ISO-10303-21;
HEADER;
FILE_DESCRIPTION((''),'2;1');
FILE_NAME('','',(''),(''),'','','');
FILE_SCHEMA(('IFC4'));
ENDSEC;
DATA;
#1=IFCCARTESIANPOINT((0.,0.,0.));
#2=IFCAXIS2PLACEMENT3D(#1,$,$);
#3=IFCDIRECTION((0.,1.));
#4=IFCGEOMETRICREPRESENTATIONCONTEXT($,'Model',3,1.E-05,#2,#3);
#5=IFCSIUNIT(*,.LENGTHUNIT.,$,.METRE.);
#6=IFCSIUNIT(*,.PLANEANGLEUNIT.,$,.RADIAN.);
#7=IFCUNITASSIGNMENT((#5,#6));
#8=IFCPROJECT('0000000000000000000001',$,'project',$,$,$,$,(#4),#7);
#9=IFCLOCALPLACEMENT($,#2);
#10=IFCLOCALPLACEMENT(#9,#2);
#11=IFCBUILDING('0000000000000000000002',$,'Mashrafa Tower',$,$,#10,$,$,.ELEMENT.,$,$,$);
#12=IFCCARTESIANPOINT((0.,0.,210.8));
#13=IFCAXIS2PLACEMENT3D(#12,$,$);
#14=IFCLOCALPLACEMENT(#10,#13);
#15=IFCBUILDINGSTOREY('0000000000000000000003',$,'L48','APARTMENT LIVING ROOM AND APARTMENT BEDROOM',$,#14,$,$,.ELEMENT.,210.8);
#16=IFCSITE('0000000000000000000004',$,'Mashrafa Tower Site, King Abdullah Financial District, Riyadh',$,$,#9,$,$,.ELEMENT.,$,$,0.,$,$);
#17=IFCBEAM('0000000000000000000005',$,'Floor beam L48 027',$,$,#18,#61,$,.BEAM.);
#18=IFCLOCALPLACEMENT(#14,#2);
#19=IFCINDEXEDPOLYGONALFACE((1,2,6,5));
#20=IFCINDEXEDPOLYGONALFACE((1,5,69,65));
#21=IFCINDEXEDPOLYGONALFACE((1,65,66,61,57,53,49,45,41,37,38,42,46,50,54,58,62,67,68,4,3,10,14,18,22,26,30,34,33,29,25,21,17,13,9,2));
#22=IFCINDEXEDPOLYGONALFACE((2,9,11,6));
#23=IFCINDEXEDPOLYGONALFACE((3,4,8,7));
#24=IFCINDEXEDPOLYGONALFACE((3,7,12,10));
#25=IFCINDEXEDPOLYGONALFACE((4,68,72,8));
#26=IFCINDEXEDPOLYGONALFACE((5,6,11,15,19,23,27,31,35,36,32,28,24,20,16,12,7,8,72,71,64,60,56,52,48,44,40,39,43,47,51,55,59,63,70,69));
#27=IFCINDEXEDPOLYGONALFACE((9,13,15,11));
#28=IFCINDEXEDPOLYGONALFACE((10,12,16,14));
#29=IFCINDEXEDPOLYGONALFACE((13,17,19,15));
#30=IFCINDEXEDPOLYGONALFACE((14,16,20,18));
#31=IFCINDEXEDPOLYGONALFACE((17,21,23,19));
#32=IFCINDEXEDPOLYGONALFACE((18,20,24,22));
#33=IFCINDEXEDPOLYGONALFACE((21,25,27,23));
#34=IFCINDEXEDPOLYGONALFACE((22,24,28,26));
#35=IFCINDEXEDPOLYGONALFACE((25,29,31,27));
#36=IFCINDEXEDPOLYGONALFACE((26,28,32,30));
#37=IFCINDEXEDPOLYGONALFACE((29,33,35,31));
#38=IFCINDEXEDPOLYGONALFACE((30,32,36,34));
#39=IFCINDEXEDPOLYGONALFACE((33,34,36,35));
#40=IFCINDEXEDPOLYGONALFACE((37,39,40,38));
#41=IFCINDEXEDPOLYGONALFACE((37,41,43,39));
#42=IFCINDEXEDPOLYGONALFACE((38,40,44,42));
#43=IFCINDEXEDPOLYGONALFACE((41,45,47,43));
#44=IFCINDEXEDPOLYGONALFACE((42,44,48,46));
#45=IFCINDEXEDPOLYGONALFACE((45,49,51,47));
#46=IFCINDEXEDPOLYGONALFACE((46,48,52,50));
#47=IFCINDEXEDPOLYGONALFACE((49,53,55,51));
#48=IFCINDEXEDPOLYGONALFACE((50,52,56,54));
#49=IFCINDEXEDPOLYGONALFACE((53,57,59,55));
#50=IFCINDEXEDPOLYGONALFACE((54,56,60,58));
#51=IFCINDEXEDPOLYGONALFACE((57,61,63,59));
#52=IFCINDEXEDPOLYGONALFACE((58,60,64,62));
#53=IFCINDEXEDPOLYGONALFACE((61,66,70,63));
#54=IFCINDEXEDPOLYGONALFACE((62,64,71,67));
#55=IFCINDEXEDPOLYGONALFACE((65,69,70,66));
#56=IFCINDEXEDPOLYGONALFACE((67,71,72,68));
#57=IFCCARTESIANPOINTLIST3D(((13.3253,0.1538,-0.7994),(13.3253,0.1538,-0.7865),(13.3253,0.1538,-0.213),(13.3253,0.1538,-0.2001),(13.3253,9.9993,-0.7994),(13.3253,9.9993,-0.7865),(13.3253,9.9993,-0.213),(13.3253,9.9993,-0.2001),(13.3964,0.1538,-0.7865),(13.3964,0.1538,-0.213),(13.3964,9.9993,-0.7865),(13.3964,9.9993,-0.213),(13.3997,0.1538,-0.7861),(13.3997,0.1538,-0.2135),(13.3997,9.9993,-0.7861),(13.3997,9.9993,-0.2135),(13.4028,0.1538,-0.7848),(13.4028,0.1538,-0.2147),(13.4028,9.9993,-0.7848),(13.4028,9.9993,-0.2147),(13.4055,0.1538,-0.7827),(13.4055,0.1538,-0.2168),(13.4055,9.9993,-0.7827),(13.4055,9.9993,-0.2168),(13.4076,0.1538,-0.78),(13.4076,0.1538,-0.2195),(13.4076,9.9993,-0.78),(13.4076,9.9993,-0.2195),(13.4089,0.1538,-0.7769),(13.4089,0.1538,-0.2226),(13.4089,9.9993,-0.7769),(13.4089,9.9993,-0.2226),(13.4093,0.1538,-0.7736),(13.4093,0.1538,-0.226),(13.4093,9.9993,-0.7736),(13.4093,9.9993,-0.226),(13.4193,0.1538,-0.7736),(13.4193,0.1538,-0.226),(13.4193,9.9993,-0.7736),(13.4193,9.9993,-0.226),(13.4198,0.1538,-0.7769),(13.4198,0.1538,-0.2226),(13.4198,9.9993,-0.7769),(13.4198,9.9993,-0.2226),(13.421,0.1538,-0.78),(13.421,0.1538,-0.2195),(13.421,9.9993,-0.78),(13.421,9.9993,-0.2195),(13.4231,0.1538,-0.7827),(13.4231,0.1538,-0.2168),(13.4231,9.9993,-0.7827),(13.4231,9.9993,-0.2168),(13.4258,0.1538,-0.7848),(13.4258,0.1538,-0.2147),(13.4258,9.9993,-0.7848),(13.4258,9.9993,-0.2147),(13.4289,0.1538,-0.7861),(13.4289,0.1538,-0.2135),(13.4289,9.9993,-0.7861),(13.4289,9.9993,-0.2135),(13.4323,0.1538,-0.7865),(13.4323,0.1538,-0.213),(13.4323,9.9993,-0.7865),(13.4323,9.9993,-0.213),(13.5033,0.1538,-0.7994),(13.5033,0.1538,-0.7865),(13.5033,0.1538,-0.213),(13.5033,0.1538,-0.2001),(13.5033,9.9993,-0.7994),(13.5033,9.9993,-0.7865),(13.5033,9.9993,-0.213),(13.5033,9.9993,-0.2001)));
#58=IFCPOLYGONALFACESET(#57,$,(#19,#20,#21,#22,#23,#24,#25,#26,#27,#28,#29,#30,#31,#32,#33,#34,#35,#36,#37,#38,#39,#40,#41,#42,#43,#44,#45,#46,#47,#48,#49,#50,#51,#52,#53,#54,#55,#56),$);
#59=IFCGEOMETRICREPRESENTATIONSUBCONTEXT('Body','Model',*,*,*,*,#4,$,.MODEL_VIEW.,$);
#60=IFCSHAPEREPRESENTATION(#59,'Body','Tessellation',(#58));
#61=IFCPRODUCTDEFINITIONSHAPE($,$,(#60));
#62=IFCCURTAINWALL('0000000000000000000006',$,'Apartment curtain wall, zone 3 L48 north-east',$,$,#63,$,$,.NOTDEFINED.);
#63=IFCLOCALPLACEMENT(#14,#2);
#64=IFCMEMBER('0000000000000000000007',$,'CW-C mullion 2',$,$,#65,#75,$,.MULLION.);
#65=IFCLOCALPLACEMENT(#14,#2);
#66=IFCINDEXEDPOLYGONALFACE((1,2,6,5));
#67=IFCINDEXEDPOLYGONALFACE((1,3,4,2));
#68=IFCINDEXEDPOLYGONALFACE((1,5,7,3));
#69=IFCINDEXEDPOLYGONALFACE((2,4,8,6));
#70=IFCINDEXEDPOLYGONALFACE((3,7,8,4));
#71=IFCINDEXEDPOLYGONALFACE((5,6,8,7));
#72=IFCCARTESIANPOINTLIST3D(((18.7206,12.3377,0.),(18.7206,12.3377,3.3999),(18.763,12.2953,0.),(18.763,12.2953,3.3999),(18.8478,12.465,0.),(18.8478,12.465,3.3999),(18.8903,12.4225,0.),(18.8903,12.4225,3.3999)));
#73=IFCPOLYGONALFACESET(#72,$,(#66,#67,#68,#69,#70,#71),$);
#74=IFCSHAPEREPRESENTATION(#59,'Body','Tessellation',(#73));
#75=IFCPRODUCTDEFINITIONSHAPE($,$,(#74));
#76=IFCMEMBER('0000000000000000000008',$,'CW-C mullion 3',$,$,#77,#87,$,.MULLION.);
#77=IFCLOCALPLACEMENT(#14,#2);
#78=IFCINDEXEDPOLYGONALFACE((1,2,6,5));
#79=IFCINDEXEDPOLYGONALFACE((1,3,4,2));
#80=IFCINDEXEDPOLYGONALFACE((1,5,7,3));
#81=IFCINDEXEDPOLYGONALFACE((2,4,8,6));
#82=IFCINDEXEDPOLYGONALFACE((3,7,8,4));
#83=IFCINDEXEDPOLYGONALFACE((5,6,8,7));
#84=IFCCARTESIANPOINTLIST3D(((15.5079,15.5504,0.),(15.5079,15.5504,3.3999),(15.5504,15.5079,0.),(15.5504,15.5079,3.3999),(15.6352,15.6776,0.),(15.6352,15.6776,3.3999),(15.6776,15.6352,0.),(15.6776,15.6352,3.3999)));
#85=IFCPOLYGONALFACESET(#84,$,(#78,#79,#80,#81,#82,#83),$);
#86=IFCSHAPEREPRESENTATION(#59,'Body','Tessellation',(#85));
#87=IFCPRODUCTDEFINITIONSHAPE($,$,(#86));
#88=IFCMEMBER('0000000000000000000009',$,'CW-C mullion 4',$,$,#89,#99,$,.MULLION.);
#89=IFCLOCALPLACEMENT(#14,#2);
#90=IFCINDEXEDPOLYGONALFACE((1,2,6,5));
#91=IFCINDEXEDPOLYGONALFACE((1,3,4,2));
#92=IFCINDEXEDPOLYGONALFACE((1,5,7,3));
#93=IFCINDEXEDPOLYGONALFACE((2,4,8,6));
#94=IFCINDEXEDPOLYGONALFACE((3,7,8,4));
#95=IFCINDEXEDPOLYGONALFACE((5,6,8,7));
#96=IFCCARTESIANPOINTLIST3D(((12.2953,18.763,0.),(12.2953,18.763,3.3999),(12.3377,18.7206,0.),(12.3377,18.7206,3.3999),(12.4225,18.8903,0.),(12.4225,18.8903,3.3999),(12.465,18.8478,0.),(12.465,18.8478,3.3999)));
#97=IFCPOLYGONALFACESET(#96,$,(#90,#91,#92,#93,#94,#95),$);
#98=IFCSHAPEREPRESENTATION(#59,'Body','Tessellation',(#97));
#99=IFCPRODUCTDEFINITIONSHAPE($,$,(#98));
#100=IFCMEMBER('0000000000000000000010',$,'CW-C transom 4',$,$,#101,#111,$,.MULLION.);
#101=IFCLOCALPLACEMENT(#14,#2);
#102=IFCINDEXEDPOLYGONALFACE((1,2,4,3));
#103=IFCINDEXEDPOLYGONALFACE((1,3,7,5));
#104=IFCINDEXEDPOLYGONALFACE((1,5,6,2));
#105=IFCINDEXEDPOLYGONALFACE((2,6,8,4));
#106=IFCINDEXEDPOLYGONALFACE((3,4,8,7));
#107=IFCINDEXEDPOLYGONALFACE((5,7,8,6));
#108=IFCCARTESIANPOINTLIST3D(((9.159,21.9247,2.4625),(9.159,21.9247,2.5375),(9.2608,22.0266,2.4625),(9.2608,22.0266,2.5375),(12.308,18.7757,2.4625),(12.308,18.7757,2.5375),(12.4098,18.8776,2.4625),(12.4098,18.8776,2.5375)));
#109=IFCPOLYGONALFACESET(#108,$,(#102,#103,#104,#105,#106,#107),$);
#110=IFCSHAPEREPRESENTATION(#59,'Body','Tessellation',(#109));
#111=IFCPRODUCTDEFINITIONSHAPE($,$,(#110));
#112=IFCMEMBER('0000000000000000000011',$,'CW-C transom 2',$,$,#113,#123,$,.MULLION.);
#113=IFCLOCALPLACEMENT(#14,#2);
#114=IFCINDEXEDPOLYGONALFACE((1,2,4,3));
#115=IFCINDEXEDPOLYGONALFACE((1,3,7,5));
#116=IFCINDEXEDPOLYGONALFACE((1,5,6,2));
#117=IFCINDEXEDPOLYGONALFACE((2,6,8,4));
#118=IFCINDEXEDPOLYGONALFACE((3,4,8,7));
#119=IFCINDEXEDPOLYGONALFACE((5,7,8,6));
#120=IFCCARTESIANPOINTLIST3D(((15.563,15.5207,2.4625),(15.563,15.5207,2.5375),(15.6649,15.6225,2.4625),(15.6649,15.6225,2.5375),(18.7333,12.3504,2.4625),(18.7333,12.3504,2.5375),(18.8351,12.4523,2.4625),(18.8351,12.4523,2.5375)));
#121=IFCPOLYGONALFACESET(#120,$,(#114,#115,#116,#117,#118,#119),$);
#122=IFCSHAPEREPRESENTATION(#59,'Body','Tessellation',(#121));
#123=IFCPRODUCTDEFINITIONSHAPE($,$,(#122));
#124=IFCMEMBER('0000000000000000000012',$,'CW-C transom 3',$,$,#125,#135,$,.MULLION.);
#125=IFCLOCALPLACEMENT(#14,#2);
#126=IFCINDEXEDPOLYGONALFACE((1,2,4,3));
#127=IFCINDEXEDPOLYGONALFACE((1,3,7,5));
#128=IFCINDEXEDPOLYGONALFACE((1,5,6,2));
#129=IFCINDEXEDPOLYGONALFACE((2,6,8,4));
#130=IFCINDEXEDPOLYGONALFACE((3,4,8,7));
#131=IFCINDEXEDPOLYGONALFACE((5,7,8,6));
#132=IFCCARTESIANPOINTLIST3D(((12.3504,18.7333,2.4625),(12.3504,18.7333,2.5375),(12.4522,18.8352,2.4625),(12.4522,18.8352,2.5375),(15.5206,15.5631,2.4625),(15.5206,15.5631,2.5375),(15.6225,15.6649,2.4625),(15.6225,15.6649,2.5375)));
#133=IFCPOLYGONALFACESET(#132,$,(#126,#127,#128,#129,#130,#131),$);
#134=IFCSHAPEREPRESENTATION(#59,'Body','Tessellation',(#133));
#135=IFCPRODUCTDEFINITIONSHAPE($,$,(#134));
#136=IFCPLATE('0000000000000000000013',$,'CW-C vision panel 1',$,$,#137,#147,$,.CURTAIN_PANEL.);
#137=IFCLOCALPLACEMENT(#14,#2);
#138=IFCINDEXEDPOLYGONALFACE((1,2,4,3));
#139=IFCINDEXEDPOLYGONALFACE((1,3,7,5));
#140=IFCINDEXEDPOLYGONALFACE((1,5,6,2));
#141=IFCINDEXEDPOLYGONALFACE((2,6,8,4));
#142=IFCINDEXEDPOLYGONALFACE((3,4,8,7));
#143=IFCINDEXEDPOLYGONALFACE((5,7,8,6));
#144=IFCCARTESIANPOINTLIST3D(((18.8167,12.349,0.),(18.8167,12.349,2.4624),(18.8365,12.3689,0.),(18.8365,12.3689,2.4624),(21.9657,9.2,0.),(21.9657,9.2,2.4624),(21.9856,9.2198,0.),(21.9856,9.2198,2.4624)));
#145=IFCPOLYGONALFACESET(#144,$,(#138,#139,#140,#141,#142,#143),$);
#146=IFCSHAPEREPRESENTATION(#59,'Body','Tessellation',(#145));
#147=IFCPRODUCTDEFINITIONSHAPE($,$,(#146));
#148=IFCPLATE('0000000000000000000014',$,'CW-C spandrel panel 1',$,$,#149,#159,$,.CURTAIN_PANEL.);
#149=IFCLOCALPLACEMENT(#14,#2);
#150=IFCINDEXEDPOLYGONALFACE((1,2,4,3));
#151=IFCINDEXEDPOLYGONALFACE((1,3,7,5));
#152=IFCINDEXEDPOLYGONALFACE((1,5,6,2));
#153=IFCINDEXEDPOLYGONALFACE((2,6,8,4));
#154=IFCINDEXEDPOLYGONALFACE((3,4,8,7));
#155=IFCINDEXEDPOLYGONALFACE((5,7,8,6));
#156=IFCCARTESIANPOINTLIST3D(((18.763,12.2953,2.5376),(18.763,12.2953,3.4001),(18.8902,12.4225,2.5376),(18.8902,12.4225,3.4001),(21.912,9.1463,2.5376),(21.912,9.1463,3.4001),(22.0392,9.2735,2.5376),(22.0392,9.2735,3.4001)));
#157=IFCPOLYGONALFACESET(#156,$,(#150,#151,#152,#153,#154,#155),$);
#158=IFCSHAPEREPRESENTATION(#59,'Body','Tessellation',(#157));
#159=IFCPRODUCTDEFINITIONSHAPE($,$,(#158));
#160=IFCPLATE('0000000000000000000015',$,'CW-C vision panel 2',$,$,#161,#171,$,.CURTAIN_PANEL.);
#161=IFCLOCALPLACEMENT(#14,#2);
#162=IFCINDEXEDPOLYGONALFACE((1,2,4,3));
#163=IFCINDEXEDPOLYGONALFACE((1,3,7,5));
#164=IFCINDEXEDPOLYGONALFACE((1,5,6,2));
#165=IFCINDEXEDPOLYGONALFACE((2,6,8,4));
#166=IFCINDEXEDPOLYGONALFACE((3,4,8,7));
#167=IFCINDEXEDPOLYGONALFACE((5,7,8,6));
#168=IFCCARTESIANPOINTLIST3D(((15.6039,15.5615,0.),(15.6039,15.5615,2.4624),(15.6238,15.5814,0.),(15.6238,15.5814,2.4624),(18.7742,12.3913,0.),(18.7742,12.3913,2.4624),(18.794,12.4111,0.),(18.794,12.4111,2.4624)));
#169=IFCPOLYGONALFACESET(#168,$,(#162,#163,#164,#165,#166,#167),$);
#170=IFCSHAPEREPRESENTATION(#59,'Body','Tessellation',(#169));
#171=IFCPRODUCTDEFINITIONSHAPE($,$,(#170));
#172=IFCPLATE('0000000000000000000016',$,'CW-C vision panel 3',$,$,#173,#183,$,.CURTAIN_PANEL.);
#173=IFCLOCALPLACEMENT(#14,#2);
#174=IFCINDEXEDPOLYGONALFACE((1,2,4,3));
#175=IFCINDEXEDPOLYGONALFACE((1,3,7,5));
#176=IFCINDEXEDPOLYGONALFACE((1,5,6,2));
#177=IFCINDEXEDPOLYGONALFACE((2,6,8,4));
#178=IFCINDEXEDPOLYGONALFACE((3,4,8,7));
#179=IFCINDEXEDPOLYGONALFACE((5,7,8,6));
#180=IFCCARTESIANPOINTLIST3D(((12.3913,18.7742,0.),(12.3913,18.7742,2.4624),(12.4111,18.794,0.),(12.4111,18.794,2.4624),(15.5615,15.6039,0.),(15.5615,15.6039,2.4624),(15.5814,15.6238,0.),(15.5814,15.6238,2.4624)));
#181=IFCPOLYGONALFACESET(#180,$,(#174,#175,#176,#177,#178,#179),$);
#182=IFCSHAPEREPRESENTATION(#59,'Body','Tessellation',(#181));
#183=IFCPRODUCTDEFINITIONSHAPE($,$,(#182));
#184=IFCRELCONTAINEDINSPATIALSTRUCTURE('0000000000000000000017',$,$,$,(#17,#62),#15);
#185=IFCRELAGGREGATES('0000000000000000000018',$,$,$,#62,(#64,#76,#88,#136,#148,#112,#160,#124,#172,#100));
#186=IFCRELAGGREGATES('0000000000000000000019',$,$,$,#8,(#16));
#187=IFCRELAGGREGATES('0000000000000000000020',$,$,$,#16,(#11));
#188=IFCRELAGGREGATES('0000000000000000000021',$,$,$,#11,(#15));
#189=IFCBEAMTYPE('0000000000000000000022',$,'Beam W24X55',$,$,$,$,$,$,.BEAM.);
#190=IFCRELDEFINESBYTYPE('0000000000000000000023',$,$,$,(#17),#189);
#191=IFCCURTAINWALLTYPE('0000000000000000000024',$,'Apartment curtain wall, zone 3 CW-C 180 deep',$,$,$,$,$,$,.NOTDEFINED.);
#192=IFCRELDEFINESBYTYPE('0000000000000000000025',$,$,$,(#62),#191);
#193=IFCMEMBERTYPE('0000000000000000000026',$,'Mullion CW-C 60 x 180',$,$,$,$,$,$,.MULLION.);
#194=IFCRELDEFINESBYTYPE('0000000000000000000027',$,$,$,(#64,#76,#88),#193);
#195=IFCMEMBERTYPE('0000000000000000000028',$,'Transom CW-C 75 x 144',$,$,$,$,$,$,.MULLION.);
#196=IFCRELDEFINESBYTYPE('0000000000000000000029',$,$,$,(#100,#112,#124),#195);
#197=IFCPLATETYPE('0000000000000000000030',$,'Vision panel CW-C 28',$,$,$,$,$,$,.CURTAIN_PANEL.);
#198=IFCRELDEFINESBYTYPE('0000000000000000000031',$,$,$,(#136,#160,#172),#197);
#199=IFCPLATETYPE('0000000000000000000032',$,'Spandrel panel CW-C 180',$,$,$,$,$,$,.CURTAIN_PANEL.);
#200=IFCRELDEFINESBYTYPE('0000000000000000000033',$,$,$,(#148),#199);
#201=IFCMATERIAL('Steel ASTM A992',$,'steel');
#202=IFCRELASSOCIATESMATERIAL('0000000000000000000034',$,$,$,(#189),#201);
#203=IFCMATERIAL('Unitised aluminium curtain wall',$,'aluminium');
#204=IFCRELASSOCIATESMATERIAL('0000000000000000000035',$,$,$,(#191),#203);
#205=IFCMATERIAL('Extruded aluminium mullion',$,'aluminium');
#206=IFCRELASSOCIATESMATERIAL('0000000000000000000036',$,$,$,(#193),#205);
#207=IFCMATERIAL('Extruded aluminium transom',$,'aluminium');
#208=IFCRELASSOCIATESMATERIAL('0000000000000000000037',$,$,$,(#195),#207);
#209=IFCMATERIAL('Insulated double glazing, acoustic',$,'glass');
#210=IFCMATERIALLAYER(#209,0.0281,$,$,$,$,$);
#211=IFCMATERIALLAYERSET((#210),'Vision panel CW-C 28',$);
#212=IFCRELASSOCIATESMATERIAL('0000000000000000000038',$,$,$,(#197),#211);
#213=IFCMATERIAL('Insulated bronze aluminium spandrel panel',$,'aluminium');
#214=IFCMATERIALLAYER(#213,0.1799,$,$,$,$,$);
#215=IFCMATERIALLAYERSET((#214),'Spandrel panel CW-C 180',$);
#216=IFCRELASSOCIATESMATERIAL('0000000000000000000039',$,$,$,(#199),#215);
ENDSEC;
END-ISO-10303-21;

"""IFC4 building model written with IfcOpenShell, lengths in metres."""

from ifc_helpers import new_model, si_unit, direction, frame, origin, origin_2d, place, context, subcontext, project, spatial, rectangle, i_section, extrude, source, transform, mapped, material, layer, layer_set, material_profile, profile_set, type_object, type_shapes, element, aggregate, save


model = new_model("IFC4")

# Units and contexts
model_context = context("Model", 3, precision=1e-05, world=origin(), true_north=direction((0.0, 1.0)))
body_context = subcontext(model_context, "Body", "Model", "MODEL_VIEW")
ifc_project = project(units=[si_unit("LENGTHUNIT", "METRE"), si_unit("PLANEANGLEUNIT", "RADIAN")], contexts=[model_context])

# Site, building, storey
site_placement = place(None, origin())
site = spatial("IfcSite", under=ifc_project, at=site_placement, Name="Mashrafa Tower Site, King Abdullah Financial District, Riyadh", CompositionType="ELEMENT", RefElevation=0.0)
building_placement = place(site_placement, origin())
building = spatial("IfcBuilding", under=site, at=building_placement, Name="Mashrafa Tower", CompositionType="ELEMENT")
storey_placement = place(building_placement, frame((0.0, 0.0, 210.8)))
storey = spatial("IfcBuildingStorey", under=building, at=storey_placement, Name="L48", Description="APARTMENT LIVING ROOM AND APARTMENT BEDROOM", CompositionType="ELEMENT", Elevation=210.8)

# Beam
ifc_material_1 = material(Name="Steel ASTM A992", Category="steel")
ifc_material_profile_1 = material_profile(ifc_material_1, i_section(OverallWidth=0.178, OverallDepth=0.5994, WebThickness=0.01, FlangeThickness=0.0129, FilletRadius=0.0129, at=origin_2d()), Name="W24X55")
ifc_profile_set_1 = profile_set([ifc_material_profile_1], Name="Steel ASTM A992")
beam_type_1 = type_object("IfcBeamType", Name="Beam W24X55", PredefinedType="BEAM", material=ifc_profile_set_1)
beam_1_placement = place(storey_placement, frame((13.4143, 9.9993, -0.4998), z_axis=(0.0, -1.0, 0.0), x_axis=(1.0, 0.0, 0.0)))
element("IfcBeam", 1, at=beam_1_placement, inside=storey, type_object=beam_type_1, Name="Floor beam L48 027", PredefinedType="BEAM", context=body_context, shape_type="SweptSolid", body=[
    extrude(i_section(OverallWidth=0.178, OverallDepth=0.5994, WebThickness=0.01, FlangeThickness=0.0129, FilletRadius=0.0129, at=origin_2d()), origin(), (0.0, 0.0, 1.0), 9.8455),
])

# Curtain wall, members, plates
ifc_material_2 = material(Name="Unitised aluminium curtain wall", Category="aluminium")
curtain_wall_type = type_object("IfcCurtainWallType", Name="Apartment curtain wall, zone 3 CW-C 180 deep", PredefinedType="NOTDEFINED", material=ifc_material_2)
curtain_wall_placement = place(storey_placement, origin())
curtain_wall = element("IfcCurtainWall", 2, at=curtain_wall_placement, inside=storey, type_object=curtain_wall_type, Name="Apartment curtain wall, zone 3 L48 north-east", PredefinedType="NOTDEFINED")
ifc_material_3 = material(Name="Extruded aluminium mullion", Category="aluminium")
ifc_material_profile_2 = material_profile(ifc_material_3, rectangle(XDim=0.1799, YDim=0.0601, at=origin_2d()), Name="Mullion 60x180")
ifc_profile_set_2 = profile_set([ifc_material_profile_2], Name="Extruded aluminium mullion")
member_type_1 = type_object("IfcMemberType", Name="Mullion CW-C 60 x 180", PredefinedType="MULLION", material=ifc_profile_set_2)
shared_shape_1 = source(origin(), body_context, "Body", "SweptSolid", [
    extrude(rectangle(XDim=0.1799, YDim=0.0601, at=origin_2d()), origin(), (0.0, 0.0, 1.0), 3.3999),
])
type_shapes(member_type_1, [shared_shape_1])
member_1_placement = place(storey_placement, frame((18.8054, 12.3801, 0.0), z_axis=(0.0, 0.0, 1.0), x_axis=(-0.707107, -0.707107, 0.0)))
member_1 = element("IfcMember", 3, at=member_1_placement, type_object=member_type_1, Name="CW-C mullion 2", PredefinedType="MULLION", context=body_context, shape_type="MappedRepresentation", body=[
    mapped(shared_shape_1, transform((0.0, 0.0, 0.0))),
])
member_2_placement = place(storey_placement, frame((15.5928, 15.5928, 0.0), z_axis=(0.0, 0.0, 1.0), x_axis=(-0.707107, -0.707107, 0.0)))
member_2 = element("IfcMember", 4, at=member_2_placement, type_object=member_type_1, Name="CW-C mullion 3", PredefinedType="MULLION", context=body_context, shape_type="MappedRepresentation", body=[
    mapped(shared_shape_1, transform((0.0, 0.0, 0.0))),
])
member_3_placement = place(storey_placement, frame((12.3801, 18.8054, 0.0), z_axis=(0.0, 0.0, 1.0), x_axis=(-0.707107, -0.707107, 0.0)))
member_3 = element("IfcMember", 5, at=member_3_placement, type_object=member_type_1, Name="CW-C mullion 4", PredefinedType="MULLION", context=body_context, shape_type="MappedRepresentation", body=[
    mapped(shared_shape_1, transform((0.0, 0.0, 0.0))),
])
ifc_material_4 = material(Name="Extruded aluminium transom", Category="aluminium")
ifc_material_profile_3 = material_profile(ifc_material_4, rectangle(XDim=0.144, YDim=0.075, at=origin_2d()), Name="Transom 75x144")
ifc_profile_set_3 = profile_set([ifc_material_profile_3], Name="Extruded aluminium transom")
member_type_2 = type_object("IfcMemberType", Name="Transom CW-C 75 x 144", PredefinedType="MULLION", material=ifc_profile_set_3)
shared_shape_2 = source(origin(), body_context, "Body", "SweptSolid", [
    extrude(rectangle(XDim=0.144, YDim=0.075, at=origin_2d()), origin(), (0.0, 0.0, 1.0), 4.4534),
])
member_4_placement = place(storey_placement, frame((12.3589, 18.8267, 2.5), z_axis=(-0.707107, 0.707107, 0.0), x_axis=(-0.707107, -0.707107, 0.0)))
member_4 = element("IfcMember", 6, at=member_4_placement, type_object=member_type_2, Name="CW-C transom 4", PredefinedType="MULLION", context=body_context, shape_type="MappedRepresentation", body=[
    mapped(shared_shape_2, transform((0.0, 0.0, 0.0))),
])
shared_shape_3 = source(origin(), body_context, "Body", "SweptSolid", [
    extrude(rectangle(XDim=0.144, YDim=0.075, at=origin_2d()), origin(), (0.0, 0.0, 1.0), 4.4834),
])
type_shapes(member_type_2, [shared_shape_2, shared_shape_3])
member_5_placement = place(storey_placement, frame((18.7842, 12.4014, 2.5), z_axis=(-0.707107, 0.707107, 0.0), x_axis=(-0.707107, -0.707107, 0.0)))
member_5 = element("IfcMember", 7, at=member_5_placement, type_object=member_type_2, Name="CW-C transom 2", PredefinedType="MULLION", context=body_context, shape_type="MappedRepresentation", body=[
    mapped(shared_shape_3, transform((0.0, 0.0, 0.0))),
])
member_6_placement = place(storey_placement, frame((15.5715, 15.614, 2.5), z_axis=(-0.707107, 0.707107, 0.0), x_axis=(-0.707107, -0.707107, 0.0)))
member_6 = element("IfcMember", 8, at=member_6_placement, type_object=member_type_2, Name="CW-C transom 3", PredefinedType="MULLION", context=body_context, shape_type="MappedRepresentation", body=[
    mapped(shared_shape_3, transform((0.0, 0.0, 0.0))),
])
ifc_material_5 = material(Name="Insulated double glazing, acoustic", Category="glass")
ifc_layer_1 = layer(ifc_material_5, 0.0281)
ifc_layer_set_1 = layer_set([ifc_layer_1], Name="Vision panel CW-C 28")
plate_type_1 = type_object("IfcPlateType", Name="Vision panel CW-C 28", PredefinedType="CURTAIN_PANEL", material=ifc_layer_set_1)
shared_shape_4 = source(origin(), body_context, "Body", "SweptSolid", [
    extrude(rectangle(XDim=4.4534, YDim=0.0281, at=origin_2d()), origin(), (0.0, 0.0, 1.0), 2.4624),
])
plate_1_placement = place(storey_placement, frame((20.4011, 10.7844, 0.0), z_axis=(0.0, 0.0, 1.0), x_axis=(-0.707107, 0.707107, 0.0)))
plate_1 = element("IfcPlate", 9, at=plate_1_placement, type_object=plate_type_1, Name="CW-C vision panel 1", PredefinedType="CURTAIN_PANEL", context=body_context, shape_type="MappedRepresentation", body=[
    mapped(shared_shape_4, transform((0.0, 0.0, 0.0))),
])
ifc_material_6 = material(Name="Insulated bronze aluminium spandrel panel", Category="aluminium")
ifc_layer_2 = layer(ifc_material_6, 0.1799)
ifc_layer_set_2 = layer_set([ifc_layer_2], Name="Spandrel panel CW-C 180")
plate_type_2 = type_object("IfcPlateType", Name="Spandrel panel CW-C 180", PredefinedType="CURTAIN_PANEL", material=ifc_layer_set_2)
shared_shape_5 = source(origin(), body_context, "Body", "SweptSolid", [
    extrude(rectangle(XDim=4.4534, YDim=0.1799, at=origin_2d()), origin(), (0.0, 0.0, 1.0), 0.8625),
])
plate_2_placement = place(storey_placement, frame((20.4011, 10.7844, 2.5376), z_axis=(0.0, 0.0, 1.0), x_axis=(-0.707107, 0.707107, 0.0)))
plate_2 = element("IfcPlate", 10, at=plate_2_placement, type_object=plate_type_2, Name="CW-C spandrel panel 1", PredefinedType="CURTAIN_PANEL", context=body_context, shape_type="MappedRepresentation", body=[
    mapped(shared_shape_5, transform((0.0, 0.0, 0.0))),
])
shared_shape_6 = source(origin(), body_context, "Body", "SweptSolid", [
    extrude(rectangle(XDim=4.4834, YDim=0.0281, at=origin_2d()), origin(), (0.0, 0.0, 1.0), 2.4624),
])
type_shapes(plate_type_1, [shared_shape_4, shared_shape_6])
plate_3_placement = place(storey_placement, frame((17.199, 13.9863, 0.0), z_axis=(0.0, 0.0, 1.0), x_axis=(-0.707107, 0.707107, 0.0)))
plate_3 = element("IfcPlate", 11, at=plate_3_placement, type_object=plate_type_1, Name="CW-C vision panel 2", PredefinedType="CURTAIN_PANEL", context=body_context, shape_type="MappedRepresentation", body=[
    mapped(shared_shape_6, transform((0.0, 0.0, 0.0))),
])
plate_4_placement = place(storey_placement, frame((13.9863, 17.199, 0.0), z_axis=(0.0, 0.0, 1.0), x_axis=(-0.707107, 0.707107, 0.0)))
plate_4 = element("IfcPlate", 12, at=plate_4_placement, type_object=plate_type_1, Name="CW-C vision panel 3", PredefinedType="CURTAIN_PANEL", context=body_context, shape_type="MappedRepresentation", body=[
    mapped(shared_shape_6, transform((0.0, 0.0, 0.0))),
])
aggregate(curtain_wall, [member_1, member_2, member_3, plate_1, plate_2, member_5, plate_3, member_6, plate_4, member_4])

save(model, "model.ifc")
